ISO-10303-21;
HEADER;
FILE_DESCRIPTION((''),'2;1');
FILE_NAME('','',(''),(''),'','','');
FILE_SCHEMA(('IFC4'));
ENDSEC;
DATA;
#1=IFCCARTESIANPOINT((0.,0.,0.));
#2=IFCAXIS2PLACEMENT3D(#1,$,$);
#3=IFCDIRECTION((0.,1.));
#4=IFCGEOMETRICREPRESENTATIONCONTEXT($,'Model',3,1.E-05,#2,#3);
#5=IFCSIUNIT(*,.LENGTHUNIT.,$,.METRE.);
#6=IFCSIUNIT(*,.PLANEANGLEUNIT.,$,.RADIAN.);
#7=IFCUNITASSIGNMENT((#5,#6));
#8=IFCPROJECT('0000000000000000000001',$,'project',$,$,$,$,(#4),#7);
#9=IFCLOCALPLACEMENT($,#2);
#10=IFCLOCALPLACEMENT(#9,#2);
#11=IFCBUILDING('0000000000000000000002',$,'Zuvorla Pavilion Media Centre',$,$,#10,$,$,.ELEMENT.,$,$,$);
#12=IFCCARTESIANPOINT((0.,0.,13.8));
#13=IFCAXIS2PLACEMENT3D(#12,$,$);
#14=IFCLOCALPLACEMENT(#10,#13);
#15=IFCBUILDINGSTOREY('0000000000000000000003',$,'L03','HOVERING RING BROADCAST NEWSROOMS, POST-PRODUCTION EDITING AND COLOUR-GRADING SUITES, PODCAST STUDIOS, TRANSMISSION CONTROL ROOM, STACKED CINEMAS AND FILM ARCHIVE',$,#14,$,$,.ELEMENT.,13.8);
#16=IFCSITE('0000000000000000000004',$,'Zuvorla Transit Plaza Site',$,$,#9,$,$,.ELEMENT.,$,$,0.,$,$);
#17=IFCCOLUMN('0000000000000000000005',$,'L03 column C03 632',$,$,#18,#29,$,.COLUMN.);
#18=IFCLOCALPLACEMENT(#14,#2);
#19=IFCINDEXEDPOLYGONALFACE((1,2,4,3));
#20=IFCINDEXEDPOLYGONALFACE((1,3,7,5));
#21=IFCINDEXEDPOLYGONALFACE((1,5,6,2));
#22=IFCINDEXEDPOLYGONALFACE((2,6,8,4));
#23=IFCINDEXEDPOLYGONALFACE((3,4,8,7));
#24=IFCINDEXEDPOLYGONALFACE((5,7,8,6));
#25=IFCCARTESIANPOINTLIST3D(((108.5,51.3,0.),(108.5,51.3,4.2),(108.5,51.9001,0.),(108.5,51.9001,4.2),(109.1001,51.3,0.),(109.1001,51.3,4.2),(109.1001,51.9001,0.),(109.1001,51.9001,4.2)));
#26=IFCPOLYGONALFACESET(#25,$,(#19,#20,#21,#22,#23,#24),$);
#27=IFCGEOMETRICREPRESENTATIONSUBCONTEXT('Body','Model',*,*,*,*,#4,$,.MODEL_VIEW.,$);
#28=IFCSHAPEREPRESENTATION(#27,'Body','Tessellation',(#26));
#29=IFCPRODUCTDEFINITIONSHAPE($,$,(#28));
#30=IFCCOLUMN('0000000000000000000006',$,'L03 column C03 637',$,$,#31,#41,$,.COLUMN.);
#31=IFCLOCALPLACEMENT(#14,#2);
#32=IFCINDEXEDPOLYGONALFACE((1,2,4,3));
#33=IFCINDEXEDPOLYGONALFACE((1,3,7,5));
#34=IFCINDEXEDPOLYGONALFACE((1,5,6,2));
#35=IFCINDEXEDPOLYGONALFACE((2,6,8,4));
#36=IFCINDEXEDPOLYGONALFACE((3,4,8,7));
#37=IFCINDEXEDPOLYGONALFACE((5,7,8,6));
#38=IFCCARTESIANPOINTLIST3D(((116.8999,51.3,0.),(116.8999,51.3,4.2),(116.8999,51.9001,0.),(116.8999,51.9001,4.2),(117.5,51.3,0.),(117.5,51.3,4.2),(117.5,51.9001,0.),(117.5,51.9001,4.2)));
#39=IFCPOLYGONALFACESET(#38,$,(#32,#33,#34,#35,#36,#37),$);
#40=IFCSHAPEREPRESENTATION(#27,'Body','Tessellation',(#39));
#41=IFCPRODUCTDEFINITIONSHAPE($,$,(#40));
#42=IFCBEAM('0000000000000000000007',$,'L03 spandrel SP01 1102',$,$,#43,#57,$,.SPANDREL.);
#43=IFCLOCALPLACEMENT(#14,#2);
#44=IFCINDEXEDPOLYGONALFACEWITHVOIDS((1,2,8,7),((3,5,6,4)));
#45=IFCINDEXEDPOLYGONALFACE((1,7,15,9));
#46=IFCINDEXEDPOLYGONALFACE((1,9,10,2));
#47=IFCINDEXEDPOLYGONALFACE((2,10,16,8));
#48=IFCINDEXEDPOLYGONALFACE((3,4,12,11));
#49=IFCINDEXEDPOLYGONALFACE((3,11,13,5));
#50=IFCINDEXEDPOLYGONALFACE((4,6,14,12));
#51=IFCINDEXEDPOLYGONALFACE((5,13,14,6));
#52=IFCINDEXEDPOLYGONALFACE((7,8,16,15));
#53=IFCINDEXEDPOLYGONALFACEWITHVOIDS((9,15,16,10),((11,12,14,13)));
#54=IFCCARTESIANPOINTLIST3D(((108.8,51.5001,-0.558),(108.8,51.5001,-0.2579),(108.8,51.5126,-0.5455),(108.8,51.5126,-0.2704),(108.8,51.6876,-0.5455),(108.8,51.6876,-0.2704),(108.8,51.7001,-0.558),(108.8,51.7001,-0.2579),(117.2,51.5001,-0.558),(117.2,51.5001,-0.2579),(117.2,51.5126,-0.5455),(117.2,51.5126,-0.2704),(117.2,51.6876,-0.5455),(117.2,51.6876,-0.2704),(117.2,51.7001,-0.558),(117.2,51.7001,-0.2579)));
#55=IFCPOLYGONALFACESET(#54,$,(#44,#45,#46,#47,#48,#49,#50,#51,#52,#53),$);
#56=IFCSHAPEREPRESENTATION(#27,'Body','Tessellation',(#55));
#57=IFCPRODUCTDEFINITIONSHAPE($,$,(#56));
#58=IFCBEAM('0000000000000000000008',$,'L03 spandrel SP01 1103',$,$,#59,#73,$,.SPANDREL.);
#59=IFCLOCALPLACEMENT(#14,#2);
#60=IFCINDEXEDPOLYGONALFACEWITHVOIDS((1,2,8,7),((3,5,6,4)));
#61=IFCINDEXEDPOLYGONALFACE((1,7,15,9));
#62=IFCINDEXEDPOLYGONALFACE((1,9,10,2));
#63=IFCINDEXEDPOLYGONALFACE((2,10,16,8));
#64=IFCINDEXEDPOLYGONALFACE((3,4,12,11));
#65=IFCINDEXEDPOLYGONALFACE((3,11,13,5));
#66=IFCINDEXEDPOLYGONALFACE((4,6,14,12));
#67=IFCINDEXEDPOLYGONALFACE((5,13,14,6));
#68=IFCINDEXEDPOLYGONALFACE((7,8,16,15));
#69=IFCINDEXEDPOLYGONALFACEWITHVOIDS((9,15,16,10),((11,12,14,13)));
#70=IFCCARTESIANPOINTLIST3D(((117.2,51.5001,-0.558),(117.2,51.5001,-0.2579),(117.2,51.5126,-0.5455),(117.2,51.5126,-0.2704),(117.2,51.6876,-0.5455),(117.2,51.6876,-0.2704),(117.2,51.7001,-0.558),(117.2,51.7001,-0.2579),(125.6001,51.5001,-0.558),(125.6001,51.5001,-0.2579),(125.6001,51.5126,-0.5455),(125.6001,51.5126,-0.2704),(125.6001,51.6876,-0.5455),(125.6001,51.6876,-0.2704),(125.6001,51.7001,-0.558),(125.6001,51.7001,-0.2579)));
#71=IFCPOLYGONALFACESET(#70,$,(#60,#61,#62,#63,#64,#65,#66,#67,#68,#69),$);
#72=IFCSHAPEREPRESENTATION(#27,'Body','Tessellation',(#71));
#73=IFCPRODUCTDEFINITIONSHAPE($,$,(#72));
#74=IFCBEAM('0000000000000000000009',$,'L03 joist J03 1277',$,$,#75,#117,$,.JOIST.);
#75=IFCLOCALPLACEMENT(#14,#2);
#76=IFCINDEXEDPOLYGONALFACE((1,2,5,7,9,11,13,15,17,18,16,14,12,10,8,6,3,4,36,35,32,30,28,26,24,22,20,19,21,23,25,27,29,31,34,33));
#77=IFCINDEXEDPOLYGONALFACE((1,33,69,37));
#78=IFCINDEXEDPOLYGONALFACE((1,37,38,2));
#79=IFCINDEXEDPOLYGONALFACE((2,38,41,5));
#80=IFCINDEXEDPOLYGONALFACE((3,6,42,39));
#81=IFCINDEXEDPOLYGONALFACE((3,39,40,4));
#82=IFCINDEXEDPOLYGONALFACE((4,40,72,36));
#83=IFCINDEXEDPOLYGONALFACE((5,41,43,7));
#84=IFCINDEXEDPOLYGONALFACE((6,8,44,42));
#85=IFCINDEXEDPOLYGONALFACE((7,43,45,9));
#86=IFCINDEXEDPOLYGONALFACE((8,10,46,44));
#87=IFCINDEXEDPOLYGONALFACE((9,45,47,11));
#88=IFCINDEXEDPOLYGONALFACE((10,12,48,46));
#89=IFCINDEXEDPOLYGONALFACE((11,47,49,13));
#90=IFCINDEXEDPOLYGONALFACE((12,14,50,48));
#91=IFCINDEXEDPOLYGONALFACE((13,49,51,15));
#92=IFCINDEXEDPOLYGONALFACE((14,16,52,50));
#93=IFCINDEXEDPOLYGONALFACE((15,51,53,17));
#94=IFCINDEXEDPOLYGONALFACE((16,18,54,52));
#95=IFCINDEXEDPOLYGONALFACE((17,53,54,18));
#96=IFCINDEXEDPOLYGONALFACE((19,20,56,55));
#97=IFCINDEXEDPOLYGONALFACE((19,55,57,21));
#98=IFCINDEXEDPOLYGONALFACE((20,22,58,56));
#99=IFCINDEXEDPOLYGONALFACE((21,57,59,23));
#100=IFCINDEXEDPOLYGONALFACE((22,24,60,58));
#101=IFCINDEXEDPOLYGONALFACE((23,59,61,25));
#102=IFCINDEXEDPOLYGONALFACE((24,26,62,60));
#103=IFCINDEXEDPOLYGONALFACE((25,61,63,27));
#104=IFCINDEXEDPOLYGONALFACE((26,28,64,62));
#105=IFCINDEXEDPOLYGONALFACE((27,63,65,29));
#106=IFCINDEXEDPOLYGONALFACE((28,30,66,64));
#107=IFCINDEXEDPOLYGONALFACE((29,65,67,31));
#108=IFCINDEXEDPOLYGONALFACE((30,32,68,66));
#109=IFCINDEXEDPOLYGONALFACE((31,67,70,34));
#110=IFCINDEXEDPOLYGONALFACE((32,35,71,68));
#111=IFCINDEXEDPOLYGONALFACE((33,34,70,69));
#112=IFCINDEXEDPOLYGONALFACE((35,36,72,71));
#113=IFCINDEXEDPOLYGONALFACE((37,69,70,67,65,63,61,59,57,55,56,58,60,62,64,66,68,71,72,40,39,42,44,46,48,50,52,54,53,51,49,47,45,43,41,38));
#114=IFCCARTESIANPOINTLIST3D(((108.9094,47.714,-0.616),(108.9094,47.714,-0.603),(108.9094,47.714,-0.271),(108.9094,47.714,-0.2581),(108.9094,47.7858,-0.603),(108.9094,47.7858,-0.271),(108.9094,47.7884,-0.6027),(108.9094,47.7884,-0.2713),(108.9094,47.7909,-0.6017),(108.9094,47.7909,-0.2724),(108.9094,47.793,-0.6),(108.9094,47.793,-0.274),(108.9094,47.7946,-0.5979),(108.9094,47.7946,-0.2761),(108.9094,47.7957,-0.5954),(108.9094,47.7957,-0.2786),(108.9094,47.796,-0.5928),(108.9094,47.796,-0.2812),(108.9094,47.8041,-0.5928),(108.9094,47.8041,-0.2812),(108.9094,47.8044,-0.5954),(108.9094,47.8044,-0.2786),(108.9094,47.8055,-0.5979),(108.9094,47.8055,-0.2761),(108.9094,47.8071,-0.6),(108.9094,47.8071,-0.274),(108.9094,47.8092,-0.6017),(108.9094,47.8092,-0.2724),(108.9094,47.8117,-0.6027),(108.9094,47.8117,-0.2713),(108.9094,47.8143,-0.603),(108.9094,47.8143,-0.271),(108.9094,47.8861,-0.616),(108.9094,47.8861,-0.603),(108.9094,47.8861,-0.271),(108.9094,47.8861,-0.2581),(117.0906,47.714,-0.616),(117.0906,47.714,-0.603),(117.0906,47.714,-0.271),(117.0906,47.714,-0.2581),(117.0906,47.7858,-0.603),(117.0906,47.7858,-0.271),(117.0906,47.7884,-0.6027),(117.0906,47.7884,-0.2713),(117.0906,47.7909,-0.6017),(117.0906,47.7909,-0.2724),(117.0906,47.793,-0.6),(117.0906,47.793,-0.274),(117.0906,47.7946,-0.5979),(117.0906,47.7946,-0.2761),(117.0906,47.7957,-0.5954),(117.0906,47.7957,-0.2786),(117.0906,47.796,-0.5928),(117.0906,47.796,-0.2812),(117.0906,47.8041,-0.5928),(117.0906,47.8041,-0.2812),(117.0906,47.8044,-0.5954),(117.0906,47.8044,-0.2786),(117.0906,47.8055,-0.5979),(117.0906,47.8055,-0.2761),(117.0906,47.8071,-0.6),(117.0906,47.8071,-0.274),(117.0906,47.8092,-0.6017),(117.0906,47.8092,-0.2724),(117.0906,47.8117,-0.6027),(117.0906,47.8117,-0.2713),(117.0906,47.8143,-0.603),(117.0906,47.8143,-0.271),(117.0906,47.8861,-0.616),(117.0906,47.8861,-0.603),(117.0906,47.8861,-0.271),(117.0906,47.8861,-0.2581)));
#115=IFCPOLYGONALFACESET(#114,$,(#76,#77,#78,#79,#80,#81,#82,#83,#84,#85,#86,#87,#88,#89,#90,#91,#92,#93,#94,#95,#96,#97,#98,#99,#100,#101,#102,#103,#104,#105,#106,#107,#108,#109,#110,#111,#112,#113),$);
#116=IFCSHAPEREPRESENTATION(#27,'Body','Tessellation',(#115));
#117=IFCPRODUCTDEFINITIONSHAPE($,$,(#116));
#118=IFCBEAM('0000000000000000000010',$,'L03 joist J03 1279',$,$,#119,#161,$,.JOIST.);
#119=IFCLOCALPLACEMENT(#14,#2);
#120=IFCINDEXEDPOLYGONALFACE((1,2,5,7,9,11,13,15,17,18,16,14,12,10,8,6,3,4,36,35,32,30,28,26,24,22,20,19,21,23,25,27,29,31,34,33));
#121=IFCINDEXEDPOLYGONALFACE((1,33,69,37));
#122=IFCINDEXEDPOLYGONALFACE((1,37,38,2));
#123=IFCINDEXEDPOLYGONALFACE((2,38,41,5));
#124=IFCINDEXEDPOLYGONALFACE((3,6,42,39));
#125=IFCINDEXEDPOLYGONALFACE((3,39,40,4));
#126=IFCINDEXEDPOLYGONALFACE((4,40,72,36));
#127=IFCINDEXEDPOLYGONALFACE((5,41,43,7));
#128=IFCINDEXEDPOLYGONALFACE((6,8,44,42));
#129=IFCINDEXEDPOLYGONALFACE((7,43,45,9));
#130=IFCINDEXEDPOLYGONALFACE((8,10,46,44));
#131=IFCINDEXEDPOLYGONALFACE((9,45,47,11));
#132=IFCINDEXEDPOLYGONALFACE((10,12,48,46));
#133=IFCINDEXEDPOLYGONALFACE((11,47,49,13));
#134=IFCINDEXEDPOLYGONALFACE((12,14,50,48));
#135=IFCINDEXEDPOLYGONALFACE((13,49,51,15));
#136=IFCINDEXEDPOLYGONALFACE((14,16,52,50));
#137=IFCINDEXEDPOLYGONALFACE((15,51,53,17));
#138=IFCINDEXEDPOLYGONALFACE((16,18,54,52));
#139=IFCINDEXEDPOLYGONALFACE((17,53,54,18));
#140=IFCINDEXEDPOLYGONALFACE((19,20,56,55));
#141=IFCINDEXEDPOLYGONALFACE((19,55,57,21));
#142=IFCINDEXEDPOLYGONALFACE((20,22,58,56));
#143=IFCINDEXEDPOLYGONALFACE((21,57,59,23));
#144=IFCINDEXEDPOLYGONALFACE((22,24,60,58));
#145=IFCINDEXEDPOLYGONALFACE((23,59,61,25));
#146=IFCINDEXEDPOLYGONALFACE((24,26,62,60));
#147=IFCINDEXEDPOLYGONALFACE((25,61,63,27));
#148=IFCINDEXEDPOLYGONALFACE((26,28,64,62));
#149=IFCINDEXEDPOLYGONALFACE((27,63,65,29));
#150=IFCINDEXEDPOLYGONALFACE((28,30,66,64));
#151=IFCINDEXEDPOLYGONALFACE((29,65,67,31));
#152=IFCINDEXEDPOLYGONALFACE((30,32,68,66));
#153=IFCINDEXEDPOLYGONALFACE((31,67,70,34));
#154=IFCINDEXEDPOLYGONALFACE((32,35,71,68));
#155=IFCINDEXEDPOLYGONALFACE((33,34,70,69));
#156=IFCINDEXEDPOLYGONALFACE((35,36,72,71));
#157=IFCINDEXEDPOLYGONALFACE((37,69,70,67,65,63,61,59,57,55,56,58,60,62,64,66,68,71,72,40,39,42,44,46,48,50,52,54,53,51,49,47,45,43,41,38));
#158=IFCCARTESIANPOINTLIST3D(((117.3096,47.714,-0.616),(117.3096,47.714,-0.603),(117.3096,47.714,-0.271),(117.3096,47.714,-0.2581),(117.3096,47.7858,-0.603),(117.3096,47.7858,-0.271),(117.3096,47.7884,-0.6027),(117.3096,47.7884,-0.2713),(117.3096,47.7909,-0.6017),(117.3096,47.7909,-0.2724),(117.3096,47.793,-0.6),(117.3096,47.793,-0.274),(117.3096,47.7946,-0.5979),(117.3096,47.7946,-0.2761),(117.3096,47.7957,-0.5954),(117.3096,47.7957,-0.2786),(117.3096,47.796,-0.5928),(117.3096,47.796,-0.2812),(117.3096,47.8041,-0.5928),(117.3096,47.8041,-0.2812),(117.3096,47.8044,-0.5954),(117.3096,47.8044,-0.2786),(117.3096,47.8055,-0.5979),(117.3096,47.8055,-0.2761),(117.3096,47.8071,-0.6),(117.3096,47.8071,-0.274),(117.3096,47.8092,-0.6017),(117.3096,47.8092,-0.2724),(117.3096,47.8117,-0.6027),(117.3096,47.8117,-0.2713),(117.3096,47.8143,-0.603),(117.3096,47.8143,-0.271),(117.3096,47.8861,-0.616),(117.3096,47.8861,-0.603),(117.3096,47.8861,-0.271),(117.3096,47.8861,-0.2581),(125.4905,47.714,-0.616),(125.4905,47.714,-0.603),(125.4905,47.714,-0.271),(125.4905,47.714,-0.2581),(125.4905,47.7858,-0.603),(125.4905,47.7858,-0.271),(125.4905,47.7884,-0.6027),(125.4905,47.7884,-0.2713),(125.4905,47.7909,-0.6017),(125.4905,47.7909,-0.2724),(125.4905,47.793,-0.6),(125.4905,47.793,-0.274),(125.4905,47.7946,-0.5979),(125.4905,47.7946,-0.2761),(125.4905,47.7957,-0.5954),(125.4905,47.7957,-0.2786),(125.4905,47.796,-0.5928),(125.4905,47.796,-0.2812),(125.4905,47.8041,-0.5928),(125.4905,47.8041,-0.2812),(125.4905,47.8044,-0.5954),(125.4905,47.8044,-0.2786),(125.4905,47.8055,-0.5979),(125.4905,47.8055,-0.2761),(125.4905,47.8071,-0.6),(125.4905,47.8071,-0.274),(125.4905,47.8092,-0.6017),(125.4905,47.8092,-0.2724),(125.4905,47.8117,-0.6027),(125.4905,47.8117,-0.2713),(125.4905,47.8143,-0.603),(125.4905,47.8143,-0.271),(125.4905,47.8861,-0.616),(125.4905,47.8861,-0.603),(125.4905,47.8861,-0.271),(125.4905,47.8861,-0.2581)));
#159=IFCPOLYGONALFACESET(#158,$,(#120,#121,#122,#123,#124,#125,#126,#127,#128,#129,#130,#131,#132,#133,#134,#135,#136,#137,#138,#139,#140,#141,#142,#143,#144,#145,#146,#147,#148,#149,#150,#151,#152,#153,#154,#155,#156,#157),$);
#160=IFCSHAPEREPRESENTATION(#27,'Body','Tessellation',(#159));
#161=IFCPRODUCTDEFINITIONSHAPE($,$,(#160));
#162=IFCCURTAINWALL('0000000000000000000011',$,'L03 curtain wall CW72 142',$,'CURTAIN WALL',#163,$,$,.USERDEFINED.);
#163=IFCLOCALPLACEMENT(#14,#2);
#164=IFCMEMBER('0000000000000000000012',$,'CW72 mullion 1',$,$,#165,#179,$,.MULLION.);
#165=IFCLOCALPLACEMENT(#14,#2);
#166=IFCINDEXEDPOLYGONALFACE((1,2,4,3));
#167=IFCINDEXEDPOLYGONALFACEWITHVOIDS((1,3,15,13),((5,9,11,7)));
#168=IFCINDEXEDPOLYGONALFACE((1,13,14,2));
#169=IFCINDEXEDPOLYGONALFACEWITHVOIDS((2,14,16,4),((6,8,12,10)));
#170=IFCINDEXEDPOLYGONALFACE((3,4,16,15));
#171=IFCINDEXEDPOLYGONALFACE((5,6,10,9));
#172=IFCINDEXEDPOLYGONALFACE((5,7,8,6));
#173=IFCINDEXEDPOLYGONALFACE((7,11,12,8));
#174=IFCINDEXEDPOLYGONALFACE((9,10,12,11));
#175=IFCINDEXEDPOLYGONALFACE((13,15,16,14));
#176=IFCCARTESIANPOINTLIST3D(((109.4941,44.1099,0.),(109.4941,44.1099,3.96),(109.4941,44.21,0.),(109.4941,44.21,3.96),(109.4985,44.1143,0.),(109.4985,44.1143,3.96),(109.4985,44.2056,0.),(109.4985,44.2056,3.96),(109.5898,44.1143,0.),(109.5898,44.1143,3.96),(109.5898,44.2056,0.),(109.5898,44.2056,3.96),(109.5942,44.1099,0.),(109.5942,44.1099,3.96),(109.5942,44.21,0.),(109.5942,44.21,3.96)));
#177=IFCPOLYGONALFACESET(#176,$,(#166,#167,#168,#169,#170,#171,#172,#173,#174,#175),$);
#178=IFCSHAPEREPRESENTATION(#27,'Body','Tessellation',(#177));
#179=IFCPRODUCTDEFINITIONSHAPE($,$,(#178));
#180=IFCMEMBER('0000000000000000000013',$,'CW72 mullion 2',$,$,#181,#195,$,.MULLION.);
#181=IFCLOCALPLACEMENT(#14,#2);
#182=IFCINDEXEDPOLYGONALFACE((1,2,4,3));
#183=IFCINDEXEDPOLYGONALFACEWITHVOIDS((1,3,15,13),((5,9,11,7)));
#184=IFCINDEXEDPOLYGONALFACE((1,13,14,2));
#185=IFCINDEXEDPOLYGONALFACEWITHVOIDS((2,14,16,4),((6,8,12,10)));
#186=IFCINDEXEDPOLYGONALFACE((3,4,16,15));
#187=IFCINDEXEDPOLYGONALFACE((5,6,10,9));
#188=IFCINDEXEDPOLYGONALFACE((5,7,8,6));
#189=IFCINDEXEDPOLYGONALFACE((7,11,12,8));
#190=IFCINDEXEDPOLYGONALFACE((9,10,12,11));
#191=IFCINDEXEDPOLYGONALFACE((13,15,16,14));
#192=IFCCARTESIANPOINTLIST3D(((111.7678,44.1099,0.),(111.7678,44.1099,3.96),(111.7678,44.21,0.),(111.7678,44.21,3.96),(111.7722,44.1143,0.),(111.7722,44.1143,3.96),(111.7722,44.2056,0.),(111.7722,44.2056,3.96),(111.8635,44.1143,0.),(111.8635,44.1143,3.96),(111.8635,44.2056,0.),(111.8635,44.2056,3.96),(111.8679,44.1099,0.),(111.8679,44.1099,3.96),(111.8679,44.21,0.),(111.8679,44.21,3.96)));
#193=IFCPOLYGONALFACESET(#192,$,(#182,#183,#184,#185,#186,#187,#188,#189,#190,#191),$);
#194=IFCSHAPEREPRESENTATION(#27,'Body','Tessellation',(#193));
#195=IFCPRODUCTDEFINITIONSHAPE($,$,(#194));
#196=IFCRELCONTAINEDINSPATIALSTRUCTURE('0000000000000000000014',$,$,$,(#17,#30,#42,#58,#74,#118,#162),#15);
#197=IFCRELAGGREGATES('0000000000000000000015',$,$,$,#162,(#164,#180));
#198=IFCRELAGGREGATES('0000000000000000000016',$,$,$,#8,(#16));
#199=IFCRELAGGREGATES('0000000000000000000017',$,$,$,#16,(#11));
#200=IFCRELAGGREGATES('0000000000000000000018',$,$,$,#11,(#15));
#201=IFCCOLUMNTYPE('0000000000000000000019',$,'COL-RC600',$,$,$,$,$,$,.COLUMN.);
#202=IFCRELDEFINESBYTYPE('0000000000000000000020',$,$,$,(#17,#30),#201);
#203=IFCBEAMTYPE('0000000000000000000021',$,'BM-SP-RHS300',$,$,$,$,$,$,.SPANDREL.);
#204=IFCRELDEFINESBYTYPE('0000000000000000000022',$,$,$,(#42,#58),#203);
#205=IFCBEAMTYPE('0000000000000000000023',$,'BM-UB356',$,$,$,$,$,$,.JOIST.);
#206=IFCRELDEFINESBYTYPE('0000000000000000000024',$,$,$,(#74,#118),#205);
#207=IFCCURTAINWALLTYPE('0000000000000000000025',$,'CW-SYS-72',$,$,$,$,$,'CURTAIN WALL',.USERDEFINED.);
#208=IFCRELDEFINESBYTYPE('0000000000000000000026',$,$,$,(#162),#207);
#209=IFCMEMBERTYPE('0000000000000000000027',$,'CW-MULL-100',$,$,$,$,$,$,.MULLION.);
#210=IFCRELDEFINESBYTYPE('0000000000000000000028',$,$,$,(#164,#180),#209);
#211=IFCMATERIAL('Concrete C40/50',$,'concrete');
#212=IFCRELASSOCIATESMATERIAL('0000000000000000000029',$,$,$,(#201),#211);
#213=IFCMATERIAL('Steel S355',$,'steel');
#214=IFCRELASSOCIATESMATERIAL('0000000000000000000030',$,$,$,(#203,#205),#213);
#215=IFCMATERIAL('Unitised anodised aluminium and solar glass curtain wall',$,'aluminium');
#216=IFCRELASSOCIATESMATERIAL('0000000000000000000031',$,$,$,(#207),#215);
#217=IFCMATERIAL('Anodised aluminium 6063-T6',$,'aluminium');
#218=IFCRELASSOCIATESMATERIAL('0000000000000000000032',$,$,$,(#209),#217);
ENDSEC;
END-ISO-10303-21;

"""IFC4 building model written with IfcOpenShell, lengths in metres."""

from ifc_helpers import new_model, si_unit, direction, frame, origin, origin_2d, place, context, subcontext, project, spatial, rectangle, hollow_rectangle, i_section, extrude, material, material_profile, profile_set, type_object, element, aggregate, save


model = new_model("IFC4")

# Units and contexts
model_context = context("Model", 3, precision=1e-05, world=origin(), true_north=direction((0.0, 1.0)))
body_context = subcontext(model_context, "Body", "Model", "MODEL_VIEW")
ifc_project = project(units=[si_unit("LENGTHUNIT", "METRE"), si_unit("PLANEANGLEUNIT", "RADIAN")], contexts=[model_context])

# Site, building, storey
site_placement = place(None, origin())
site = spatial("IfcSite", under=ifc_project, at=site_placement, Name="Zuvorla Transit Plaza Site", CompositionType="ELEMENT", RefElevation=0.0)
building_placement = place(site_placement, origin())
building = spatial("IfcBuilding", under=site, at=building_placement, Name="Zuvorla Pavilion Media Centre", CompositionType="ELEMENT")
storey_placement = place(building_placement, frame((0.0, 0.0, 13.8)))
storey = spatial("IfcBuildingStorey", under=building, at=storey_placement, Name="L03", Description="HOVERING RING BROADCAST NEWSROOMS, POST-PRODUCTION EDITING AND COLOUR-GRADING SUITES, PODCAST STUDIOS, TRANSMISSION CONTROL ROOM, STACKED CINEMAS AND FILM ARCHIVE", CompositionType="ELEMENT", Elevation=13.8)

# Columns
ifc_material_1 = material(Name="Concrete C40/50", Category="concrete")
ifc_material_profile_1 = material_profile(ifc_material_1, rectangle(XDim=0.6001, YDim=0.6001, at=origin_2d()), Name="RC 600x600")
ifc_profile_set_1 = profile_set([ifc_material_profile_1], Name="Concrete C40/50")
column_type = type_object("IfcColumnType", Name="COL-RC600", PredefinedType="COLUMN", material=ifc_profile_set_1)
for number, where, z_axis, x_axis, name in (
    (1, (108.8, 51.6001, 0.0), (0.0, 0.0, 1.0), (1.0, 0.0, 0.0), "L03 column C03 632"),
    (2, (117.2, 51.6001, 0.0), (0.0, 0.0, 1.0), (1.0, 0.0, 0.0), "L03 column C03 637"),
):
    element("IfcColumn", number, at=place(storey_placement, frame(where, z_axis=z_axis, x_axis=x_axis)), inside=storey, type_object=column_type, Name=name, PredefinedType="COLUMN", context=body_context, shape_type="SweptSolid", body=[
        extrude(rectangle(XDim=0.6001, YDim=0.6001, at=origin_2d()), origin(), (0.0, 0.0, 1.0), 4.2),
    ])

# Beams
ifc_material_2 = material(Name="Steel S355", Category="steel")
ifc_material_profile_2 = material_profile(ifc_material_2, hollow_rectangle(XDim=0.2, YDim=0.3, WallThickness=0.0125, at=origin_2d()), Name="RHS 300x200x12.5")
ifc_profile_set_2 = profile_set([ifc_material_profile_2], Name="Steel S355")
beam_type_1 = type_object("IfcBeamType", Name="BM-SP-RHS300", PredefinedType="SPANDREL", material=ifc_profile_set_2)
beam_1_placement = place(storey_placement, frame((108.8, 51.6001, -0.408), z_axis=(1.0, 0.0, 0.0), x_axis=(0.0, 1.0, 0.0)))
element("IfcBeam", 3, at=beam_1_placement, inside=storey, type_object=beam_type_1, Name="L03 spandrel SP01 1102", PredefinedType="SPANDREL", context=body_context, shape_type="SweptSolid", body=[
    extrude(hollow_rectangle(XDim=0.2, YDim=0.3, WallThickness=0.0125, at=origin_2d()), origin(), (0.0, 0.0, 1.0), 8.3999),
])
beam_2_placement = place(storey_placement, frame((117.2, 51.6001, -0.408), z_axis=(1.0, 0.0, 0.0), x_axis=(0.0, 1.0, 0.0)))
element("IfcBeam", 4, at=beam_2_placement, inside=storey, type_object=beam_type_1, Name="L03 spandrel SP01 1103", PredefinedType="SPANDREL", context=body_context, shape_type="SweptSolid", body=[
    extrude(hollow_rectangle(XDim=0.2, YDim=0.3, WallThickness=0.0125, at=origin_2d()), origin(), (0.0, 0.0, 1.0), 8.4001),
])
ifc_material_profile_3 = material_profile(ifc_material_2, i_section(OverallWidth=0.1721, OverallDepth=0.3579, WebThickness=0.0081, FlangeThickness=0.0129, FilletRadius=0.0103, at=origin_2d()), Name="UB 356x171x57")
ifc_profile_set_3 = profile_set([ifc_material_profile_3], Name="Steel S355")
beam_type_2 = type_object("IfcBeamType", Name="BM-UB356", PredefinedType="JOIST", material=ifc_profile_set_3)
beam_3_placement = place(storey_placement, frame((108.9094, 47.8, -0.437), z_axis=(1.0, 0.0, 0.0), x_axis=(0.0, 1.0, 0.0)))
element("IfcBeam", 5, at=beam_3_placement, inside=storey, type_object=beam_type_2, Name="L03 joist J03 1277", PredefinedType="JOIST", context=body_context, shape_type="SweptSolid", body=[
    extrude(i_section(OverallWidth=0.1721, OverallDepth=0.3579, WebThickness=0.0081, FlangeThickness=0.0129, FilletRadius=0.0103, at=origin_2d()), origin(), (0.0, 0.0, 1.0), 8.1812),
])
beam_4_placement = place(storey_placement, frame((117.3096, 47.8, -0.437), z_axis=(1.0, 0.0, 0.0), x_axis=(0.0, 1.0, 0.0)))
element("IfcBeam", 6, at=beam_4_placement, inside=storey, type_object=beam_type_2, Name="L03 joist J03 1279", PredefinedType="JOIST", context=body_context, shape_type="SweptSolid", body=[
    extrude(i_section(OverallWidth=0.1721, OverallDepth=0.3579, WebThickness=0.0081, FlangeThickness=0.0129, FilletRadius=0.0103, at=origin_2d()), origin(), (0.0, 0.0, 1.0), 8.1809),
])

# Curtain wall, members
ifc_material_3 = material(Name="Unitised anodised aluminium and solar glass curtain wall", Category="aluminium")
curtain_wall_type_1 = type_object("IfcCurtainWallType", Name="CW-SYS-72", ElementType="CURTAIN WALL", PredefinedType="USERDEFINED", material=ifc_material_3)
curtain_wall_1_placement = place(storey_placement, origin())
curtain_wall_1 = element("IfcCurtainWall", 7, at=curtain_wall_1_placement, inside=storey, type_object=curtain_wall_type_1, Name="L03 curtain wall CW72 142", ObjectType="CURTAIN WALL", PredefinedType="USERDEFINED")
ifc_material_4 = material(Name="Anodised aluminium 6063-T6", Category="aluminium")
ifc_material_profile_4 = material_profile(ifc_material_4, hollow_rectangle(XDim=0.1001, YDim=0.1001, WallThickness=0.0044, at=origin_2d()), Name="ALU MULL 100x100")
ifc_profile_set_4 = profile_set([ifc_material_profile_4], Name="Anodised aluminium 6063-T6")
member_type_1 = type_object("IfcMemberType", Name="CW-MULL-100", PredefinedType="MULLION", material=ifc_profile_set_4)
member_1_placement = place(storey_placement, frame((109.5442, 44.1599, 0.0), z_axis=(0.0, 0.0, 1.0), x_axis=(1.0, 0.0, 0.0)))
member_1 = element("IfcMember", 8, at=member_1_placement, type_object=member_type_1, Name="CW72 mullion 1", PredefinedType="MULLION", context=body_context, shape_type="SweptSolid", body=[
    extrude(hollow_rectangle(XDim=0.1001, YDim=0.1001, WallThickness=0.0044, at=origin_2d()), origin(), (0.0, 0.0, 1.0), 3.96),
])
member_2_placement = place(storey_placement, frame((111.8179, 44.1599, 0.0), z_axis=(0.0, 0.0, 1.0), x_axis=(1.0, 0.0, 0.0)))
member_2 = element("IfcMember", 9, at=member_2_placement, type_object=member_type_1, Name="CW72 mullion 2", PredefinedType="MULLION", context=body_context, shape_type="SweptSolid", body=[
    extrude(hollow_rectangle(XDim=0.1001, YDim=0.1001, WallThickness=0.0044, at=origin_2d()), origin(), (0.0, 0.0, 1.0), 3.96),
])

aggregate(curtain_wall_1, [member_1, member_2])

save(model, "model.ifc")
